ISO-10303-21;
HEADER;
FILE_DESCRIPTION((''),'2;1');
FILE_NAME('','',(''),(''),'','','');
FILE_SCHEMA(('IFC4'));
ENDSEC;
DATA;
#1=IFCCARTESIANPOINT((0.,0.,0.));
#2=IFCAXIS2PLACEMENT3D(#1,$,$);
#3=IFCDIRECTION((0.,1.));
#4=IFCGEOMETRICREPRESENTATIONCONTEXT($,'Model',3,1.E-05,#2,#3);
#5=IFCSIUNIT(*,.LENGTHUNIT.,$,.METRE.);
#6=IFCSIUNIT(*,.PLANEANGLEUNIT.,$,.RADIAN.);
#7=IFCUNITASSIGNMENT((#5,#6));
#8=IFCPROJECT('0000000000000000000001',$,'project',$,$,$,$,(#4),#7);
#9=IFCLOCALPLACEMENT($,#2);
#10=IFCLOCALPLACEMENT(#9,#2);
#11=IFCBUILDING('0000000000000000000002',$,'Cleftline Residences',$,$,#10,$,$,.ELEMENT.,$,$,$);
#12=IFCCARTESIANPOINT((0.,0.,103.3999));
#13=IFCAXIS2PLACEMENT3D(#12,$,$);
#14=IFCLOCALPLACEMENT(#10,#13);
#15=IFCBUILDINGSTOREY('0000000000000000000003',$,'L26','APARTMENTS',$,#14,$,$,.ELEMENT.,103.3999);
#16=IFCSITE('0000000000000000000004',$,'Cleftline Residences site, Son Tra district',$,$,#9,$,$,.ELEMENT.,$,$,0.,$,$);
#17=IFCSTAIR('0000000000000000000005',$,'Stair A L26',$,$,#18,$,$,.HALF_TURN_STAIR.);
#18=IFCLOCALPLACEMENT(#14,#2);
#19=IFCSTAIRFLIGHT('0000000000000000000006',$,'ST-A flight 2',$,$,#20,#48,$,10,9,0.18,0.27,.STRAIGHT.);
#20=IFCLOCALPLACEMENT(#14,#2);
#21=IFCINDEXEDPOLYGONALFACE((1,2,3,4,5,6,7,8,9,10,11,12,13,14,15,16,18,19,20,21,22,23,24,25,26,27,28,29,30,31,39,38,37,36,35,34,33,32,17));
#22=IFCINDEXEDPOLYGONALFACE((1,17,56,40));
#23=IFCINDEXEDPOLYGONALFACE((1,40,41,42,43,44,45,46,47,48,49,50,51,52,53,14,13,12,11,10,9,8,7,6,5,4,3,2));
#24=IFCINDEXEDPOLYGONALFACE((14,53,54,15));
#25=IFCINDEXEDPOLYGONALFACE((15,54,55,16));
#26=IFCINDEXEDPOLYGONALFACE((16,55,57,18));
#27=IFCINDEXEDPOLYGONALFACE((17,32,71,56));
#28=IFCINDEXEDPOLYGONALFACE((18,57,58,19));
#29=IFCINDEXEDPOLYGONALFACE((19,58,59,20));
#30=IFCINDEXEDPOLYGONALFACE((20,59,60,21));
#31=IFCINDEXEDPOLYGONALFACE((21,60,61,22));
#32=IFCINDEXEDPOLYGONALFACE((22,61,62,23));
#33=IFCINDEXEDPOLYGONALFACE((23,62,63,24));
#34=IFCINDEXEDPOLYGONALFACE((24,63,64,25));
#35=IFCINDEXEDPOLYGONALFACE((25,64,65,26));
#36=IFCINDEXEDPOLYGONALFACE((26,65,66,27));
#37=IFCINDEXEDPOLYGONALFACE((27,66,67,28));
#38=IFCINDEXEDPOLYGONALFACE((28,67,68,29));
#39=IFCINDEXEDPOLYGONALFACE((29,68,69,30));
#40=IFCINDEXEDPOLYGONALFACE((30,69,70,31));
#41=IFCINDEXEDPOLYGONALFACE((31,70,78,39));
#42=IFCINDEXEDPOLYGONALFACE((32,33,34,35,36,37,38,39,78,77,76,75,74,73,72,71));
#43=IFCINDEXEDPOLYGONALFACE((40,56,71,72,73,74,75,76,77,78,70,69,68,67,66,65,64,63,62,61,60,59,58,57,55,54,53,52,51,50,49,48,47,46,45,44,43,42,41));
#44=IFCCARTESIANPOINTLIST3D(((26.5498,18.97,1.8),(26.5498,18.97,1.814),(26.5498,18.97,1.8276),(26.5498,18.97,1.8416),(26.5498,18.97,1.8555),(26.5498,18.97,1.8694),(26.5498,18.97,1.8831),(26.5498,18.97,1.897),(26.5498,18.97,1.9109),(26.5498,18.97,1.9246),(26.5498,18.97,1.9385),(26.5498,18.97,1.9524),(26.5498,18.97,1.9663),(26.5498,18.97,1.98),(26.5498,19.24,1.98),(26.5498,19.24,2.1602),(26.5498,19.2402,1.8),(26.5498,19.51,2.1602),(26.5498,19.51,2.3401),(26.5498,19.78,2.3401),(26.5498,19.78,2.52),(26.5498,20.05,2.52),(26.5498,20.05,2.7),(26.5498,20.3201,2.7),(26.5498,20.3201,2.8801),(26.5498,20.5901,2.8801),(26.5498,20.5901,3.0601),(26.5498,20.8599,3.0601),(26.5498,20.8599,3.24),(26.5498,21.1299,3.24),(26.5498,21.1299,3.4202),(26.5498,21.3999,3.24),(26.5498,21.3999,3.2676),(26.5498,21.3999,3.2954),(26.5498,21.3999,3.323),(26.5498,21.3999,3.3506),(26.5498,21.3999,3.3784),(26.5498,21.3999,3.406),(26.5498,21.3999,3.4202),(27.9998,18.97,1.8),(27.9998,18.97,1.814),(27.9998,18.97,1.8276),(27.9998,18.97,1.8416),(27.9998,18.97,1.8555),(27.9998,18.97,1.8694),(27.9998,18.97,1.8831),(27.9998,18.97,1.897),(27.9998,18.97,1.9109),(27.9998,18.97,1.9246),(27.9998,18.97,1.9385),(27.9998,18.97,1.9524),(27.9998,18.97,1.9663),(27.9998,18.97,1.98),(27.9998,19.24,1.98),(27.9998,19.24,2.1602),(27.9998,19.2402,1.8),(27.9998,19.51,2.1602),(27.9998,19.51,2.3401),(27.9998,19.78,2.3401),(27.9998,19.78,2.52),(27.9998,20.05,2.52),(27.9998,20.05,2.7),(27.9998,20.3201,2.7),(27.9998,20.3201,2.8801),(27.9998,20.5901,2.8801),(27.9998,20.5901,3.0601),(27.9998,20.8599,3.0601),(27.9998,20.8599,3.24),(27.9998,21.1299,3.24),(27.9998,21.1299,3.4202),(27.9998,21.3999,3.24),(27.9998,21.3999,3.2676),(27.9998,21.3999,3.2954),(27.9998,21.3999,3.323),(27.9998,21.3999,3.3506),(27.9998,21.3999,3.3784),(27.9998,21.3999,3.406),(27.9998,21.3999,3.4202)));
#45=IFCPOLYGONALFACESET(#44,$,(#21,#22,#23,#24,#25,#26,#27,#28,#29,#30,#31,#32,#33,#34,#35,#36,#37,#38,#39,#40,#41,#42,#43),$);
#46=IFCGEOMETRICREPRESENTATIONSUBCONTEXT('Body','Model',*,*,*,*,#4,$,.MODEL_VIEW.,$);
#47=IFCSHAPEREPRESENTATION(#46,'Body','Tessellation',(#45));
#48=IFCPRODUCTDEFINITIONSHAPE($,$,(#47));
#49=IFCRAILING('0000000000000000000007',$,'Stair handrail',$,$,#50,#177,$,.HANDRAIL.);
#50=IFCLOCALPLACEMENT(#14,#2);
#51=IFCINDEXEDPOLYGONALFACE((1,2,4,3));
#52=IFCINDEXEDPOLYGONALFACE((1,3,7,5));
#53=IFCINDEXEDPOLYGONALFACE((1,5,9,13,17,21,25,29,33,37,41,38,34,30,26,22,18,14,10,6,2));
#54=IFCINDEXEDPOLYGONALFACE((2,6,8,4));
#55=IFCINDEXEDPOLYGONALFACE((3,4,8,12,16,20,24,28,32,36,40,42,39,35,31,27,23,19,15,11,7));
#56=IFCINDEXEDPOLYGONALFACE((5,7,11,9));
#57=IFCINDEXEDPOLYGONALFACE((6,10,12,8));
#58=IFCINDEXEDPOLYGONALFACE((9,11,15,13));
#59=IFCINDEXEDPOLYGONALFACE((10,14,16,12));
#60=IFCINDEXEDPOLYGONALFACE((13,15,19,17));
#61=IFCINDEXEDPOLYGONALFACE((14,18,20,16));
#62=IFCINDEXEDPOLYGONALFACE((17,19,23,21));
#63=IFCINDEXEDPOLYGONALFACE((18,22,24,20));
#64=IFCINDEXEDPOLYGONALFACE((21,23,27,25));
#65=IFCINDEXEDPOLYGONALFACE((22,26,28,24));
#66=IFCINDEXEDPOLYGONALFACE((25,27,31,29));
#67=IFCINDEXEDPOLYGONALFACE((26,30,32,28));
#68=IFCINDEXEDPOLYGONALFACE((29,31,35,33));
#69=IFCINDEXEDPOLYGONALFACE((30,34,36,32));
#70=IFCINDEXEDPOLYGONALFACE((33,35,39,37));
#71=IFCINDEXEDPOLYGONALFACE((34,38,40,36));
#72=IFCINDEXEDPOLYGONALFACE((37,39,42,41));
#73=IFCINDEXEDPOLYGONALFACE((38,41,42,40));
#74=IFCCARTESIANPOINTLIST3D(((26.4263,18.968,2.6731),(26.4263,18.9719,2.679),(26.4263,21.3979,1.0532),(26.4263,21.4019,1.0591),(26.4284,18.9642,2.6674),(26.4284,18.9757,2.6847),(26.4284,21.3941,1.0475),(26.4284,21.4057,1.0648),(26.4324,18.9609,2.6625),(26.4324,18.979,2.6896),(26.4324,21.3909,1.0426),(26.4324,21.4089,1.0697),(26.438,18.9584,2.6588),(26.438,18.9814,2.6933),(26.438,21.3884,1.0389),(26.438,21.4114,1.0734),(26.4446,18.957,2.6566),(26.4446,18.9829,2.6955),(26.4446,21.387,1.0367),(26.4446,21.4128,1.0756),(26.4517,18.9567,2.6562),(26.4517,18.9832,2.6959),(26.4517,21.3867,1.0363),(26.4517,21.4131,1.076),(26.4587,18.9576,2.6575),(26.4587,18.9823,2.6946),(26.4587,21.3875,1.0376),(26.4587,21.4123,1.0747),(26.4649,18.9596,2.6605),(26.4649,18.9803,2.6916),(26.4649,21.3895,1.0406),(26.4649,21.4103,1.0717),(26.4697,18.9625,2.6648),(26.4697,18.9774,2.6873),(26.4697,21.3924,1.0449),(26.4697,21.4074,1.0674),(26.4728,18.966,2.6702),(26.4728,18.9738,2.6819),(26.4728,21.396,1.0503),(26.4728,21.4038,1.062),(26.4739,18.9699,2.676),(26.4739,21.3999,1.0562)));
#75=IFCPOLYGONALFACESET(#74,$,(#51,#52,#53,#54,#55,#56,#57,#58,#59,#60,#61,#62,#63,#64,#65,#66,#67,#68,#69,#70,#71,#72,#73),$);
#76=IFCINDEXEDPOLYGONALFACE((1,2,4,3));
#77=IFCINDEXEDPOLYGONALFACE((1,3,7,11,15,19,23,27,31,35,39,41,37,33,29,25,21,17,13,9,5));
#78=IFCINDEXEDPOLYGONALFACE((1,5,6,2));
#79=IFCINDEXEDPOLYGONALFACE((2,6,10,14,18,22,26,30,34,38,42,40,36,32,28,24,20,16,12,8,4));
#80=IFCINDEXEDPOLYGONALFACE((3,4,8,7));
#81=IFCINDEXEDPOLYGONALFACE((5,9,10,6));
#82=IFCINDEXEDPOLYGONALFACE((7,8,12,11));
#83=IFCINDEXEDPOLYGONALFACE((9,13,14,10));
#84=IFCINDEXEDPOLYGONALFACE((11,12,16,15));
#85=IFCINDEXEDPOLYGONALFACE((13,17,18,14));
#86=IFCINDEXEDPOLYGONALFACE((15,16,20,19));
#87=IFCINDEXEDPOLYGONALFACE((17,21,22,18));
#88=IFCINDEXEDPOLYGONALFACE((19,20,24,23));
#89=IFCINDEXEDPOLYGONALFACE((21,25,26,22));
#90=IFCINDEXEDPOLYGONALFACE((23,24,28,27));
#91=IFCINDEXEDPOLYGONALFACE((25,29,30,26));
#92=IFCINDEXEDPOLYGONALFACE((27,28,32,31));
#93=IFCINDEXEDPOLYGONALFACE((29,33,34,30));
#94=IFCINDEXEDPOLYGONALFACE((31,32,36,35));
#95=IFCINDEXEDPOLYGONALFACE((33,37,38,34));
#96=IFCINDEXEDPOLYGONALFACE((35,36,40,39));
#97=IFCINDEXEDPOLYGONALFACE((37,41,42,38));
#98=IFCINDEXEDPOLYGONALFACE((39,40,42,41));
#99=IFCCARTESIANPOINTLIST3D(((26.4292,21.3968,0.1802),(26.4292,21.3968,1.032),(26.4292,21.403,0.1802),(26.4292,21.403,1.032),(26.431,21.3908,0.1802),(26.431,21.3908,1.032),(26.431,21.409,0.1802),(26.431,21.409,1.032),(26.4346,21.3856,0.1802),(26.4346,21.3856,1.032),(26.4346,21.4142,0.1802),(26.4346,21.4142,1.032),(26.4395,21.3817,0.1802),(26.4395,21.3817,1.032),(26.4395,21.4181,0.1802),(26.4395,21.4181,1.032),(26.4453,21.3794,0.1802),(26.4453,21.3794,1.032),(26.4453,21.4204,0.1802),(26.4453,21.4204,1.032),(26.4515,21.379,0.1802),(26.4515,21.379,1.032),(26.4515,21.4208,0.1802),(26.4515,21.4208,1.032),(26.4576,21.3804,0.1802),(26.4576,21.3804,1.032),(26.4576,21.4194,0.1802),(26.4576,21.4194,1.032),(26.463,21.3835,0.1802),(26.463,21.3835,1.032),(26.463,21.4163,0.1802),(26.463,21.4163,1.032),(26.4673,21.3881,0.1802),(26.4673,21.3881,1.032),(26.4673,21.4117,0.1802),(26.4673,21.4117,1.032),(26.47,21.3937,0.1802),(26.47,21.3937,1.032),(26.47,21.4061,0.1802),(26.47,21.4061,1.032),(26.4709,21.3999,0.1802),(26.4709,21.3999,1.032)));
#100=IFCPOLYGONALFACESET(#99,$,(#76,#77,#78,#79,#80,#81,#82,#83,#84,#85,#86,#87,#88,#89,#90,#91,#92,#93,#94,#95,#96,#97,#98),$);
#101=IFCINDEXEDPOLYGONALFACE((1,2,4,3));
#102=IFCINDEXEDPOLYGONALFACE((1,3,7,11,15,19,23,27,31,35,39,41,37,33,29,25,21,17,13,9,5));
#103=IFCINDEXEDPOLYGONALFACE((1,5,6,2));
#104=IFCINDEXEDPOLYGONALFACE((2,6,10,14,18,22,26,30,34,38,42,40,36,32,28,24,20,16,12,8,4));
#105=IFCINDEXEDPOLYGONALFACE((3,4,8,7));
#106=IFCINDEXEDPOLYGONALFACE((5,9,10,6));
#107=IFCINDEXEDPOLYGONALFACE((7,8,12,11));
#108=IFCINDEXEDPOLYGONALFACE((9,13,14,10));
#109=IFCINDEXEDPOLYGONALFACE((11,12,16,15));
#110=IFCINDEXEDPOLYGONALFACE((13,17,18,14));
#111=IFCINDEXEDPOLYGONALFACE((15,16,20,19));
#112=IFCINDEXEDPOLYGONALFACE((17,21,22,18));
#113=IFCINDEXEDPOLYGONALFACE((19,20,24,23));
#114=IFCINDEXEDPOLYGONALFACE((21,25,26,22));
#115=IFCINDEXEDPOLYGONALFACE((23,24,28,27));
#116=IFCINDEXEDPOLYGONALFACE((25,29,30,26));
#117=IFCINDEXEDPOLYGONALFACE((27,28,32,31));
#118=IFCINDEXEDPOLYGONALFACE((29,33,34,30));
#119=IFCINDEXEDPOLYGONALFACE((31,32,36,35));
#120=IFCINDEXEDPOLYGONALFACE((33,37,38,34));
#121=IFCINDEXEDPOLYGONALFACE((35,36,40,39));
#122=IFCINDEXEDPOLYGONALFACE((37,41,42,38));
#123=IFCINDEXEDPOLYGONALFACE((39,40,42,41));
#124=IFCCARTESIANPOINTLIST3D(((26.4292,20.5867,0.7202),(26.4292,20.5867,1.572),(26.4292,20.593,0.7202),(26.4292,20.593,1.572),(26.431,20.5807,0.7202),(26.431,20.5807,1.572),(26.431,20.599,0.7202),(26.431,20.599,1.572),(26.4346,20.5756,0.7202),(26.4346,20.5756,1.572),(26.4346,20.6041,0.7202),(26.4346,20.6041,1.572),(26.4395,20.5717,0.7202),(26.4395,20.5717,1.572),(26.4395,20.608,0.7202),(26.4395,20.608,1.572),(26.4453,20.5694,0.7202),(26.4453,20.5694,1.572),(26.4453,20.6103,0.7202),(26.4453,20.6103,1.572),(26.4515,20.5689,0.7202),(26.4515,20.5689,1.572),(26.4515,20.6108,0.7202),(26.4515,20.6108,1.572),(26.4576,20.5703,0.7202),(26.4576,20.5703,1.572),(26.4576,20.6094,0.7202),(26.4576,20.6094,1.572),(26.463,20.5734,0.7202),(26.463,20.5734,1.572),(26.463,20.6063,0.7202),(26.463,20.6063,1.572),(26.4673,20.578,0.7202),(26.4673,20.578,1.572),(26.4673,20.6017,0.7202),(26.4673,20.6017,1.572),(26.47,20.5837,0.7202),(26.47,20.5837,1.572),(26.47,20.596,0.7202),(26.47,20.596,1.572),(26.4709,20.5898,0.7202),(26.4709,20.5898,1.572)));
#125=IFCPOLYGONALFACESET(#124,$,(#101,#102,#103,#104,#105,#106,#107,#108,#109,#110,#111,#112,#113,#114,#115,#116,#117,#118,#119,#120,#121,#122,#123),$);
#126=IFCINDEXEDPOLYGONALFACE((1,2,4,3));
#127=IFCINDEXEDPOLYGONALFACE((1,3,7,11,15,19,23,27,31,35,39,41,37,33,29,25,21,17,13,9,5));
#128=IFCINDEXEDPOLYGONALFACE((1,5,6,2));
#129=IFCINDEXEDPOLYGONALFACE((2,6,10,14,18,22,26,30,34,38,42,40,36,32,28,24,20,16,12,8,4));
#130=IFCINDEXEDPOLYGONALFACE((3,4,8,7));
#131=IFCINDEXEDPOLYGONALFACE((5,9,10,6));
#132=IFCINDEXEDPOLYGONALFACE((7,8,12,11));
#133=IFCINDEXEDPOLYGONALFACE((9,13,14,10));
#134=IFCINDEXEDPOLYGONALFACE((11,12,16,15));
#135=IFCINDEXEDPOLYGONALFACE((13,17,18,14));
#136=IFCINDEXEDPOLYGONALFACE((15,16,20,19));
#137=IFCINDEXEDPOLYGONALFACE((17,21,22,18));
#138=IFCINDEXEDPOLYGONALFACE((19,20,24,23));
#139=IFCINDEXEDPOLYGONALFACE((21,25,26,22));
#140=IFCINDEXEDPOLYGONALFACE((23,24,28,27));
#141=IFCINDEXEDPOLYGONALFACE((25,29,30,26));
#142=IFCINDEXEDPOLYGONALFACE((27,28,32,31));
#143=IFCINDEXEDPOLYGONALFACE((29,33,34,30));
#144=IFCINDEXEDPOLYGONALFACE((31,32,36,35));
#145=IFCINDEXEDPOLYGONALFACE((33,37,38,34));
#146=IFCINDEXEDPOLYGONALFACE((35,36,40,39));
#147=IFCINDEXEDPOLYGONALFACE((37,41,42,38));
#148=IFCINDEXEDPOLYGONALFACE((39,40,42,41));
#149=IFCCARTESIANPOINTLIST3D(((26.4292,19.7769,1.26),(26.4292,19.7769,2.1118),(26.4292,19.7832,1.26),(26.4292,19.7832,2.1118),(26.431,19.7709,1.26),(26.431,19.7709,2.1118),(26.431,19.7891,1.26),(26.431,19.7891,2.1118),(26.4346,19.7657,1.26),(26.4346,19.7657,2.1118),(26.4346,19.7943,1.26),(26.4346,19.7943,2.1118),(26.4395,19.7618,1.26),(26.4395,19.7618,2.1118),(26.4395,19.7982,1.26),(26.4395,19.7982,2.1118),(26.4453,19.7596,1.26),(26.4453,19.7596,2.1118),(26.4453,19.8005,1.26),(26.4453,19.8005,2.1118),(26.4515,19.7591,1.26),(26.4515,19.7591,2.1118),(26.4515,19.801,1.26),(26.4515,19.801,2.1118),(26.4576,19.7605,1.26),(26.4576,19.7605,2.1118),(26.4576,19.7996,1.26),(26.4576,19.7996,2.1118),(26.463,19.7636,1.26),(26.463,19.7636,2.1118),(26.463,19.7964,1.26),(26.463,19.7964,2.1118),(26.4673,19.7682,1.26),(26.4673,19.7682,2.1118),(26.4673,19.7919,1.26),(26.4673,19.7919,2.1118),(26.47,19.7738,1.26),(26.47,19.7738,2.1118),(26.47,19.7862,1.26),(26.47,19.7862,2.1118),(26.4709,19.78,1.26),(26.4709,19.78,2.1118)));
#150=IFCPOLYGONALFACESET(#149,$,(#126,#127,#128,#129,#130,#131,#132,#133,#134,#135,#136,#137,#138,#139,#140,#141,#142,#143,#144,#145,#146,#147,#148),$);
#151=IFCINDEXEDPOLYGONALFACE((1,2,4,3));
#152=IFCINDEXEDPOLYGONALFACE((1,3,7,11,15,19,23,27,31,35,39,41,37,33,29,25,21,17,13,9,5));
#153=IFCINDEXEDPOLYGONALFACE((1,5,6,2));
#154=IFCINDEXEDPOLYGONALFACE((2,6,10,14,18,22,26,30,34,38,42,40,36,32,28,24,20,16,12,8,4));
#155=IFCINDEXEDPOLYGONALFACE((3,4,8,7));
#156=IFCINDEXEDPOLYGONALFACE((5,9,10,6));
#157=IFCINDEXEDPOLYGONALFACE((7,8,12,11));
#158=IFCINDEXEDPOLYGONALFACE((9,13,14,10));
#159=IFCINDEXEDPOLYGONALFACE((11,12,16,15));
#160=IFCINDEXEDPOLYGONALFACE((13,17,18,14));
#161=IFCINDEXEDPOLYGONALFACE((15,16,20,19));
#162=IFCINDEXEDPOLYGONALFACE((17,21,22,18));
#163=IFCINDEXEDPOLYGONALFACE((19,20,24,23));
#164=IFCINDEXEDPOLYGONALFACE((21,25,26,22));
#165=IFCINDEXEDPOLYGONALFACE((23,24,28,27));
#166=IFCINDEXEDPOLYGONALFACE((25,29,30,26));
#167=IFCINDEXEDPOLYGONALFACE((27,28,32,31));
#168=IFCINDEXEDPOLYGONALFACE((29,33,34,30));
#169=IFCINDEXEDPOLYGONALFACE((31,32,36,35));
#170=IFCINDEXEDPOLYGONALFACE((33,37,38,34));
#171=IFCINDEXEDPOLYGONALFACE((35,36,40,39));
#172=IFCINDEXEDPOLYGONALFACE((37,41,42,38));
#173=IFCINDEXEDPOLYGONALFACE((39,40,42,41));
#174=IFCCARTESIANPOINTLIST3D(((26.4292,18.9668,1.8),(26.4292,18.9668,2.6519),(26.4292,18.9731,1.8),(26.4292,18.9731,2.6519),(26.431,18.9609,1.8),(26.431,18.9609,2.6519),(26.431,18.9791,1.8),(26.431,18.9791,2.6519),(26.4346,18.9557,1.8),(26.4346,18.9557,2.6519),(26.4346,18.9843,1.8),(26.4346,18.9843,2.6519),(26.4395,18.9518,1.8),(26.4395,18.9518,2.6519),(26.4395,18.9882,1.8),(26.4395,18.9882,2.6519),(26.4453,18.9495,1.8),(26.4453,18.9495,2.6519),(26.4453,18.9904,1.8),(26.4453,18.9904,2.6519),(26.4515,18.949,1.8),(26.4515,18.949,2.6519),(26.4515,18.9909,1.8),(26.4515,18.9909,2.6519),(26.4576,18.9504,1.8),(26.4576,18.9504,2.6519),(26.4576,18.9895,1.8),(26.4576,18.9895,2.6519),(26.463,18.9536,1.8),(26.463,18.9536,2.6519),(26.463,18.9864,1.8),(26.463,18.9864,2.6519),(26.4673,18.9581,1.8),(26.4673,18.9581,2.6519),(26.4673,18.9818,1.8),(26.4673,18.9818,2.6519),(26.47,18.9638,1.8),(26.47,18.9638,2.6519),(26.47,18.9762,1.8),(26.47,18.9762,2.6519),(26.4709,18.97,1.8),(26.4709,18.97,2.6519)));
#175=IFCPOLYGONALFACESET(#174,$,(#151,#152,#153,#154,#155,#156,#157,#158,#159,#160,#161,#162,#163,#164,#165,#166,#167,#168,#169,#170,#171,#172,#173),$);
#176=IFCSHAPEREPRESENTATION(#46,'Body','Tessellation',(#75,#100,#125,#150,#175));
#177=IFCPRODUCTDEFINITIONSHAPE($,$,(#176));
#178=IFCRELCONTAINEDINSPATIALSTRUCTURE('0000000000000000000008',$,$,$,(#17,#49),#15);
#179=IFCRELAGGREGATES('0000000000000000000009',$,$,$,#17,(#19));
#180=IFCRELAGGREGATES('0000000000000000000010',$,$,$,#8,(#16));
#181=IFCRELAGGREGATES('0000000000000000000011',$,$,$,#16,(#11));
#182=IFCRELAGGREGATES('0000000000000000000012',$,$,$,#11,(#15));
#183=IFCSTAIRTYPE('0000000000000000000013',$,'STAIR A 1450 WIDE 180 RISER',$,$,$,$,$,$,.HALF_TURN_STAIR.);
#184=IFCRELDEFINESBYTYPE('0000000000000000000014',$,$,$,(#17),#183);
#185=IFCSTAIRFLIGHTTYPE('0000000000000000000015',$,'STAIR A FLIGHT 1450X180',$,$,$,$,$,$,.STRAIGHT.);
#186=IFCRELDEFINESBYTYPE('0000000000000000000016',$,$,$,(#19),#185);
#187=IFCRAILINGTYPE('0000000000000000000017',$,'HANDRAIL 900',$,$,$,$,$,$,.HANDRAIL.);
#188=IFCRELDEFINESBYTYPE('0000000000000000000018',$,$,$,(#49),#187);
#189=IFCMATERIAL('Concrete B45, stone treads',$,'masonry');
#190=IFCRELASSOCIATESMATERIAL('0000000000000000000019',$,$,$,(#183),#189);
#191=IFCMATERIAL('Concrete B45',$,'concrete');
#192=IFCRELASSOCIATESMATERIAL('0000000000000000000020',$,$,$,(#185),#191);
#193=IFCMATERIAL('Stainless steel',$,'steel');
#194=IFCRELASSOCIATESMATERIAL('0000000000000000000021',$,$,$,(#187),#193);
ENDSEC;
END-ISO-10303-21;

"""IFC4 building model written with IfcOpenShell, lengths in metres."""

from ifc_helpers import new_model, si_unit, direction, frame, origin, origin_2d, place, context, subcontext, project, spatial, polyline, circle, outline, extrude, material, type_object, element, aggregate, save


model = new_model("IFC4")

# Units and contexts
model_context = context("Model", 3, precision=1e-05, world=origin(), true_north=direction((0.0, 1.0)))
body_context = subcontext(model_context, "Body", "Model", "MODEL_VIEW")
ifc_project = project(units=[si_unit("LENGTHUNIT", "METRE"), si_unit("PLANEANGLEUNIT", "RADIAN")], contexts=[model_context])

# Site, building, storey
site_placement = place(None, origin())
site = spatial("IfcSite", under=ifc_project, at=site_placement, Name="Cleftline Residences site, Son Tra district", CompositionType="ELEMENT", RefElevation=0.0)
building_placement = place(site_placement, origin())
building = spatial("IfcBuilding", under=site, at=building_placement, Name="Cleftline Residences", CompositionType="ELEMENT")
storey_placement = place(building_placement, frame((0.0, 0.0, 103.3999)))
storey = spatial("IfcBuildingStorey", under=building, at=storey_placement, Name="L26", Description="APARTMENTS", CompositionType="ELEMENT", Elevation=103.3999)

# Stair, stair flight
ifc_material_1 = material(Name="Concrete B45, stone treads", Category="masonry")
stair_type = type_object("IfcStairType", Name="STAIR A 1450 WIDE 180 RISER", PredefinedType="HALF_TURN_STAIR", material=ifc_material_1)
stair_placement = place(storey_placement, origin())
stair = element("IfcStair", 1, at=stair_placement, inside=storey, type_object=stair_type, Name="Stair A L26", PredefinedType="HALF_TURN_STAIR")
ifc_material_2 = material(Name="Concrete B45", Category="concrete")
stair_flight_type = type_object("IfcStairFlightType", Name="STAIR A FLIGHT 1450X180", PredefinedType="STRAIGHT", material=ifc_material_2)
stair_flight_1_placement = place(storey_placement, frame((27.2749, 18.97, 1.8), z_axis=(0.0, 0.0, 1.0), x_axis=(0.0, 1.0, 0.0)))
stair_flight_1 = element("IfcStairFlight", 2, at=stair_flight_1_placement, type_object=stair_flight_type, Name="ST-A flight 2", NumberOfRisers=10, NumberOfTreads=9, PredefinedType="STRAIGHT", RiserHeight=0.18, TreadLength=0.27, context=body_context, shape_type="SweptSolid", body=[
    extrude(outline(polyline([(0.0, 0.0), (0.0, 0.0139), (0.0, 0.0276), (0.0, 0.0415), (0.0, 0.0554), (0.0, 0.0693), (0.0, 0.083), (0.0, 0.0969), (0.0, 0.1108), (0.0, 0.1245), (0.0, 0.1384), (0.0, 0.1523), (0.0, 0.1663), (0.0, 0.1799), (0.27, 0.1799), (0.27, 0.3601), (0.54, 0.3601), (0.54, 0.54), (0.8101, 0.54), (0.8101, 0.72), (1.0801, 0.72), (1.0801, 0.8999), (1.3501, 0.8999), (1.3501, 1.0801), (1.6201, 1.0801), (1.6201, 1.26), (1.8899, 1.26), (1.8899, 1.4399), (2.1599, 1.4399), (2.1599, 1.6201), (2.4299, 1.6201), (2.4299, 1.8), (2.4299, 1.7722), (2.4299, 1.7446), (2.4299, 1.7168), (2.4299, 1.6892), (2.4299, 1.6614), (2.4299, 1.6338), (2.4299, 1.606), (2.4299, 1.5784), (2.4299, 1.5505), (2.4299, 1.5229), (2.4299, 1.4954), (2.4299, 1.4675), (2.4299, 1.4399), (0.2703, 0.0), (0.0, 0.0)])), frame((0.0, 0.7251, 0.0), z_axis=(0.0, -1.0, 0.0), x_axis=(1.0, 0.0, 0.0)), (0.0, 0.0, 1.0), 1.45),
])
aggregate(stair, [stair_flight_1])

# Railing
ifc_material_3 = material(Name="Stainless steel", Category="steel")
railing_type = type_object("IfcRailingType", Name="HANDRAIL 900", PredefinedType="HANDRAIL", material=ifc_material_3)
railing_1_placement = place(storey_placement, frame((26.45, 21.3999, 0.1802)))
element("IfcRailing", 3, at=railing_1_placement, inside=storey, type_object=railing_type, Name="Stair handrail", PredefinedType="HANDRAIL", context=body_context, shape_type="SweptSolid", body=[
    extrude(circle(Radius=0.0239, at=origin_2d()), frame((0.0, 0.0, 0.876), z_axis=(0.0, -0.832063, 0.554681), x_axis=(1.0, 0.0, 0.0)), (0.0, 0.0, 1.0), 2.9204),
    extrude(circle(Radius=0.021, at=origin_2d()), origin(), (0.0, 0.0, 1.0), 0.8518),
    extrude(circle(Radius=0.021, at=origin_2d()), frame((0.0, -0.8101, 0.54)), (0.0, 0.0, 1.0), 0.8518),
    extrude(circle(Radius=0.021, at=origin_2d()), frame((0.0, -1.6199, 1.0798)), (0.0, 0.0, 1.0), 0.8518),
    extrude(circle(Radius=0.021, at=origin_2d()), frame((0.0, -2.4299, 1.6199)), (0.0, 0.0, 1.0), 0.8518),
])

save(model, "model.ifc")
